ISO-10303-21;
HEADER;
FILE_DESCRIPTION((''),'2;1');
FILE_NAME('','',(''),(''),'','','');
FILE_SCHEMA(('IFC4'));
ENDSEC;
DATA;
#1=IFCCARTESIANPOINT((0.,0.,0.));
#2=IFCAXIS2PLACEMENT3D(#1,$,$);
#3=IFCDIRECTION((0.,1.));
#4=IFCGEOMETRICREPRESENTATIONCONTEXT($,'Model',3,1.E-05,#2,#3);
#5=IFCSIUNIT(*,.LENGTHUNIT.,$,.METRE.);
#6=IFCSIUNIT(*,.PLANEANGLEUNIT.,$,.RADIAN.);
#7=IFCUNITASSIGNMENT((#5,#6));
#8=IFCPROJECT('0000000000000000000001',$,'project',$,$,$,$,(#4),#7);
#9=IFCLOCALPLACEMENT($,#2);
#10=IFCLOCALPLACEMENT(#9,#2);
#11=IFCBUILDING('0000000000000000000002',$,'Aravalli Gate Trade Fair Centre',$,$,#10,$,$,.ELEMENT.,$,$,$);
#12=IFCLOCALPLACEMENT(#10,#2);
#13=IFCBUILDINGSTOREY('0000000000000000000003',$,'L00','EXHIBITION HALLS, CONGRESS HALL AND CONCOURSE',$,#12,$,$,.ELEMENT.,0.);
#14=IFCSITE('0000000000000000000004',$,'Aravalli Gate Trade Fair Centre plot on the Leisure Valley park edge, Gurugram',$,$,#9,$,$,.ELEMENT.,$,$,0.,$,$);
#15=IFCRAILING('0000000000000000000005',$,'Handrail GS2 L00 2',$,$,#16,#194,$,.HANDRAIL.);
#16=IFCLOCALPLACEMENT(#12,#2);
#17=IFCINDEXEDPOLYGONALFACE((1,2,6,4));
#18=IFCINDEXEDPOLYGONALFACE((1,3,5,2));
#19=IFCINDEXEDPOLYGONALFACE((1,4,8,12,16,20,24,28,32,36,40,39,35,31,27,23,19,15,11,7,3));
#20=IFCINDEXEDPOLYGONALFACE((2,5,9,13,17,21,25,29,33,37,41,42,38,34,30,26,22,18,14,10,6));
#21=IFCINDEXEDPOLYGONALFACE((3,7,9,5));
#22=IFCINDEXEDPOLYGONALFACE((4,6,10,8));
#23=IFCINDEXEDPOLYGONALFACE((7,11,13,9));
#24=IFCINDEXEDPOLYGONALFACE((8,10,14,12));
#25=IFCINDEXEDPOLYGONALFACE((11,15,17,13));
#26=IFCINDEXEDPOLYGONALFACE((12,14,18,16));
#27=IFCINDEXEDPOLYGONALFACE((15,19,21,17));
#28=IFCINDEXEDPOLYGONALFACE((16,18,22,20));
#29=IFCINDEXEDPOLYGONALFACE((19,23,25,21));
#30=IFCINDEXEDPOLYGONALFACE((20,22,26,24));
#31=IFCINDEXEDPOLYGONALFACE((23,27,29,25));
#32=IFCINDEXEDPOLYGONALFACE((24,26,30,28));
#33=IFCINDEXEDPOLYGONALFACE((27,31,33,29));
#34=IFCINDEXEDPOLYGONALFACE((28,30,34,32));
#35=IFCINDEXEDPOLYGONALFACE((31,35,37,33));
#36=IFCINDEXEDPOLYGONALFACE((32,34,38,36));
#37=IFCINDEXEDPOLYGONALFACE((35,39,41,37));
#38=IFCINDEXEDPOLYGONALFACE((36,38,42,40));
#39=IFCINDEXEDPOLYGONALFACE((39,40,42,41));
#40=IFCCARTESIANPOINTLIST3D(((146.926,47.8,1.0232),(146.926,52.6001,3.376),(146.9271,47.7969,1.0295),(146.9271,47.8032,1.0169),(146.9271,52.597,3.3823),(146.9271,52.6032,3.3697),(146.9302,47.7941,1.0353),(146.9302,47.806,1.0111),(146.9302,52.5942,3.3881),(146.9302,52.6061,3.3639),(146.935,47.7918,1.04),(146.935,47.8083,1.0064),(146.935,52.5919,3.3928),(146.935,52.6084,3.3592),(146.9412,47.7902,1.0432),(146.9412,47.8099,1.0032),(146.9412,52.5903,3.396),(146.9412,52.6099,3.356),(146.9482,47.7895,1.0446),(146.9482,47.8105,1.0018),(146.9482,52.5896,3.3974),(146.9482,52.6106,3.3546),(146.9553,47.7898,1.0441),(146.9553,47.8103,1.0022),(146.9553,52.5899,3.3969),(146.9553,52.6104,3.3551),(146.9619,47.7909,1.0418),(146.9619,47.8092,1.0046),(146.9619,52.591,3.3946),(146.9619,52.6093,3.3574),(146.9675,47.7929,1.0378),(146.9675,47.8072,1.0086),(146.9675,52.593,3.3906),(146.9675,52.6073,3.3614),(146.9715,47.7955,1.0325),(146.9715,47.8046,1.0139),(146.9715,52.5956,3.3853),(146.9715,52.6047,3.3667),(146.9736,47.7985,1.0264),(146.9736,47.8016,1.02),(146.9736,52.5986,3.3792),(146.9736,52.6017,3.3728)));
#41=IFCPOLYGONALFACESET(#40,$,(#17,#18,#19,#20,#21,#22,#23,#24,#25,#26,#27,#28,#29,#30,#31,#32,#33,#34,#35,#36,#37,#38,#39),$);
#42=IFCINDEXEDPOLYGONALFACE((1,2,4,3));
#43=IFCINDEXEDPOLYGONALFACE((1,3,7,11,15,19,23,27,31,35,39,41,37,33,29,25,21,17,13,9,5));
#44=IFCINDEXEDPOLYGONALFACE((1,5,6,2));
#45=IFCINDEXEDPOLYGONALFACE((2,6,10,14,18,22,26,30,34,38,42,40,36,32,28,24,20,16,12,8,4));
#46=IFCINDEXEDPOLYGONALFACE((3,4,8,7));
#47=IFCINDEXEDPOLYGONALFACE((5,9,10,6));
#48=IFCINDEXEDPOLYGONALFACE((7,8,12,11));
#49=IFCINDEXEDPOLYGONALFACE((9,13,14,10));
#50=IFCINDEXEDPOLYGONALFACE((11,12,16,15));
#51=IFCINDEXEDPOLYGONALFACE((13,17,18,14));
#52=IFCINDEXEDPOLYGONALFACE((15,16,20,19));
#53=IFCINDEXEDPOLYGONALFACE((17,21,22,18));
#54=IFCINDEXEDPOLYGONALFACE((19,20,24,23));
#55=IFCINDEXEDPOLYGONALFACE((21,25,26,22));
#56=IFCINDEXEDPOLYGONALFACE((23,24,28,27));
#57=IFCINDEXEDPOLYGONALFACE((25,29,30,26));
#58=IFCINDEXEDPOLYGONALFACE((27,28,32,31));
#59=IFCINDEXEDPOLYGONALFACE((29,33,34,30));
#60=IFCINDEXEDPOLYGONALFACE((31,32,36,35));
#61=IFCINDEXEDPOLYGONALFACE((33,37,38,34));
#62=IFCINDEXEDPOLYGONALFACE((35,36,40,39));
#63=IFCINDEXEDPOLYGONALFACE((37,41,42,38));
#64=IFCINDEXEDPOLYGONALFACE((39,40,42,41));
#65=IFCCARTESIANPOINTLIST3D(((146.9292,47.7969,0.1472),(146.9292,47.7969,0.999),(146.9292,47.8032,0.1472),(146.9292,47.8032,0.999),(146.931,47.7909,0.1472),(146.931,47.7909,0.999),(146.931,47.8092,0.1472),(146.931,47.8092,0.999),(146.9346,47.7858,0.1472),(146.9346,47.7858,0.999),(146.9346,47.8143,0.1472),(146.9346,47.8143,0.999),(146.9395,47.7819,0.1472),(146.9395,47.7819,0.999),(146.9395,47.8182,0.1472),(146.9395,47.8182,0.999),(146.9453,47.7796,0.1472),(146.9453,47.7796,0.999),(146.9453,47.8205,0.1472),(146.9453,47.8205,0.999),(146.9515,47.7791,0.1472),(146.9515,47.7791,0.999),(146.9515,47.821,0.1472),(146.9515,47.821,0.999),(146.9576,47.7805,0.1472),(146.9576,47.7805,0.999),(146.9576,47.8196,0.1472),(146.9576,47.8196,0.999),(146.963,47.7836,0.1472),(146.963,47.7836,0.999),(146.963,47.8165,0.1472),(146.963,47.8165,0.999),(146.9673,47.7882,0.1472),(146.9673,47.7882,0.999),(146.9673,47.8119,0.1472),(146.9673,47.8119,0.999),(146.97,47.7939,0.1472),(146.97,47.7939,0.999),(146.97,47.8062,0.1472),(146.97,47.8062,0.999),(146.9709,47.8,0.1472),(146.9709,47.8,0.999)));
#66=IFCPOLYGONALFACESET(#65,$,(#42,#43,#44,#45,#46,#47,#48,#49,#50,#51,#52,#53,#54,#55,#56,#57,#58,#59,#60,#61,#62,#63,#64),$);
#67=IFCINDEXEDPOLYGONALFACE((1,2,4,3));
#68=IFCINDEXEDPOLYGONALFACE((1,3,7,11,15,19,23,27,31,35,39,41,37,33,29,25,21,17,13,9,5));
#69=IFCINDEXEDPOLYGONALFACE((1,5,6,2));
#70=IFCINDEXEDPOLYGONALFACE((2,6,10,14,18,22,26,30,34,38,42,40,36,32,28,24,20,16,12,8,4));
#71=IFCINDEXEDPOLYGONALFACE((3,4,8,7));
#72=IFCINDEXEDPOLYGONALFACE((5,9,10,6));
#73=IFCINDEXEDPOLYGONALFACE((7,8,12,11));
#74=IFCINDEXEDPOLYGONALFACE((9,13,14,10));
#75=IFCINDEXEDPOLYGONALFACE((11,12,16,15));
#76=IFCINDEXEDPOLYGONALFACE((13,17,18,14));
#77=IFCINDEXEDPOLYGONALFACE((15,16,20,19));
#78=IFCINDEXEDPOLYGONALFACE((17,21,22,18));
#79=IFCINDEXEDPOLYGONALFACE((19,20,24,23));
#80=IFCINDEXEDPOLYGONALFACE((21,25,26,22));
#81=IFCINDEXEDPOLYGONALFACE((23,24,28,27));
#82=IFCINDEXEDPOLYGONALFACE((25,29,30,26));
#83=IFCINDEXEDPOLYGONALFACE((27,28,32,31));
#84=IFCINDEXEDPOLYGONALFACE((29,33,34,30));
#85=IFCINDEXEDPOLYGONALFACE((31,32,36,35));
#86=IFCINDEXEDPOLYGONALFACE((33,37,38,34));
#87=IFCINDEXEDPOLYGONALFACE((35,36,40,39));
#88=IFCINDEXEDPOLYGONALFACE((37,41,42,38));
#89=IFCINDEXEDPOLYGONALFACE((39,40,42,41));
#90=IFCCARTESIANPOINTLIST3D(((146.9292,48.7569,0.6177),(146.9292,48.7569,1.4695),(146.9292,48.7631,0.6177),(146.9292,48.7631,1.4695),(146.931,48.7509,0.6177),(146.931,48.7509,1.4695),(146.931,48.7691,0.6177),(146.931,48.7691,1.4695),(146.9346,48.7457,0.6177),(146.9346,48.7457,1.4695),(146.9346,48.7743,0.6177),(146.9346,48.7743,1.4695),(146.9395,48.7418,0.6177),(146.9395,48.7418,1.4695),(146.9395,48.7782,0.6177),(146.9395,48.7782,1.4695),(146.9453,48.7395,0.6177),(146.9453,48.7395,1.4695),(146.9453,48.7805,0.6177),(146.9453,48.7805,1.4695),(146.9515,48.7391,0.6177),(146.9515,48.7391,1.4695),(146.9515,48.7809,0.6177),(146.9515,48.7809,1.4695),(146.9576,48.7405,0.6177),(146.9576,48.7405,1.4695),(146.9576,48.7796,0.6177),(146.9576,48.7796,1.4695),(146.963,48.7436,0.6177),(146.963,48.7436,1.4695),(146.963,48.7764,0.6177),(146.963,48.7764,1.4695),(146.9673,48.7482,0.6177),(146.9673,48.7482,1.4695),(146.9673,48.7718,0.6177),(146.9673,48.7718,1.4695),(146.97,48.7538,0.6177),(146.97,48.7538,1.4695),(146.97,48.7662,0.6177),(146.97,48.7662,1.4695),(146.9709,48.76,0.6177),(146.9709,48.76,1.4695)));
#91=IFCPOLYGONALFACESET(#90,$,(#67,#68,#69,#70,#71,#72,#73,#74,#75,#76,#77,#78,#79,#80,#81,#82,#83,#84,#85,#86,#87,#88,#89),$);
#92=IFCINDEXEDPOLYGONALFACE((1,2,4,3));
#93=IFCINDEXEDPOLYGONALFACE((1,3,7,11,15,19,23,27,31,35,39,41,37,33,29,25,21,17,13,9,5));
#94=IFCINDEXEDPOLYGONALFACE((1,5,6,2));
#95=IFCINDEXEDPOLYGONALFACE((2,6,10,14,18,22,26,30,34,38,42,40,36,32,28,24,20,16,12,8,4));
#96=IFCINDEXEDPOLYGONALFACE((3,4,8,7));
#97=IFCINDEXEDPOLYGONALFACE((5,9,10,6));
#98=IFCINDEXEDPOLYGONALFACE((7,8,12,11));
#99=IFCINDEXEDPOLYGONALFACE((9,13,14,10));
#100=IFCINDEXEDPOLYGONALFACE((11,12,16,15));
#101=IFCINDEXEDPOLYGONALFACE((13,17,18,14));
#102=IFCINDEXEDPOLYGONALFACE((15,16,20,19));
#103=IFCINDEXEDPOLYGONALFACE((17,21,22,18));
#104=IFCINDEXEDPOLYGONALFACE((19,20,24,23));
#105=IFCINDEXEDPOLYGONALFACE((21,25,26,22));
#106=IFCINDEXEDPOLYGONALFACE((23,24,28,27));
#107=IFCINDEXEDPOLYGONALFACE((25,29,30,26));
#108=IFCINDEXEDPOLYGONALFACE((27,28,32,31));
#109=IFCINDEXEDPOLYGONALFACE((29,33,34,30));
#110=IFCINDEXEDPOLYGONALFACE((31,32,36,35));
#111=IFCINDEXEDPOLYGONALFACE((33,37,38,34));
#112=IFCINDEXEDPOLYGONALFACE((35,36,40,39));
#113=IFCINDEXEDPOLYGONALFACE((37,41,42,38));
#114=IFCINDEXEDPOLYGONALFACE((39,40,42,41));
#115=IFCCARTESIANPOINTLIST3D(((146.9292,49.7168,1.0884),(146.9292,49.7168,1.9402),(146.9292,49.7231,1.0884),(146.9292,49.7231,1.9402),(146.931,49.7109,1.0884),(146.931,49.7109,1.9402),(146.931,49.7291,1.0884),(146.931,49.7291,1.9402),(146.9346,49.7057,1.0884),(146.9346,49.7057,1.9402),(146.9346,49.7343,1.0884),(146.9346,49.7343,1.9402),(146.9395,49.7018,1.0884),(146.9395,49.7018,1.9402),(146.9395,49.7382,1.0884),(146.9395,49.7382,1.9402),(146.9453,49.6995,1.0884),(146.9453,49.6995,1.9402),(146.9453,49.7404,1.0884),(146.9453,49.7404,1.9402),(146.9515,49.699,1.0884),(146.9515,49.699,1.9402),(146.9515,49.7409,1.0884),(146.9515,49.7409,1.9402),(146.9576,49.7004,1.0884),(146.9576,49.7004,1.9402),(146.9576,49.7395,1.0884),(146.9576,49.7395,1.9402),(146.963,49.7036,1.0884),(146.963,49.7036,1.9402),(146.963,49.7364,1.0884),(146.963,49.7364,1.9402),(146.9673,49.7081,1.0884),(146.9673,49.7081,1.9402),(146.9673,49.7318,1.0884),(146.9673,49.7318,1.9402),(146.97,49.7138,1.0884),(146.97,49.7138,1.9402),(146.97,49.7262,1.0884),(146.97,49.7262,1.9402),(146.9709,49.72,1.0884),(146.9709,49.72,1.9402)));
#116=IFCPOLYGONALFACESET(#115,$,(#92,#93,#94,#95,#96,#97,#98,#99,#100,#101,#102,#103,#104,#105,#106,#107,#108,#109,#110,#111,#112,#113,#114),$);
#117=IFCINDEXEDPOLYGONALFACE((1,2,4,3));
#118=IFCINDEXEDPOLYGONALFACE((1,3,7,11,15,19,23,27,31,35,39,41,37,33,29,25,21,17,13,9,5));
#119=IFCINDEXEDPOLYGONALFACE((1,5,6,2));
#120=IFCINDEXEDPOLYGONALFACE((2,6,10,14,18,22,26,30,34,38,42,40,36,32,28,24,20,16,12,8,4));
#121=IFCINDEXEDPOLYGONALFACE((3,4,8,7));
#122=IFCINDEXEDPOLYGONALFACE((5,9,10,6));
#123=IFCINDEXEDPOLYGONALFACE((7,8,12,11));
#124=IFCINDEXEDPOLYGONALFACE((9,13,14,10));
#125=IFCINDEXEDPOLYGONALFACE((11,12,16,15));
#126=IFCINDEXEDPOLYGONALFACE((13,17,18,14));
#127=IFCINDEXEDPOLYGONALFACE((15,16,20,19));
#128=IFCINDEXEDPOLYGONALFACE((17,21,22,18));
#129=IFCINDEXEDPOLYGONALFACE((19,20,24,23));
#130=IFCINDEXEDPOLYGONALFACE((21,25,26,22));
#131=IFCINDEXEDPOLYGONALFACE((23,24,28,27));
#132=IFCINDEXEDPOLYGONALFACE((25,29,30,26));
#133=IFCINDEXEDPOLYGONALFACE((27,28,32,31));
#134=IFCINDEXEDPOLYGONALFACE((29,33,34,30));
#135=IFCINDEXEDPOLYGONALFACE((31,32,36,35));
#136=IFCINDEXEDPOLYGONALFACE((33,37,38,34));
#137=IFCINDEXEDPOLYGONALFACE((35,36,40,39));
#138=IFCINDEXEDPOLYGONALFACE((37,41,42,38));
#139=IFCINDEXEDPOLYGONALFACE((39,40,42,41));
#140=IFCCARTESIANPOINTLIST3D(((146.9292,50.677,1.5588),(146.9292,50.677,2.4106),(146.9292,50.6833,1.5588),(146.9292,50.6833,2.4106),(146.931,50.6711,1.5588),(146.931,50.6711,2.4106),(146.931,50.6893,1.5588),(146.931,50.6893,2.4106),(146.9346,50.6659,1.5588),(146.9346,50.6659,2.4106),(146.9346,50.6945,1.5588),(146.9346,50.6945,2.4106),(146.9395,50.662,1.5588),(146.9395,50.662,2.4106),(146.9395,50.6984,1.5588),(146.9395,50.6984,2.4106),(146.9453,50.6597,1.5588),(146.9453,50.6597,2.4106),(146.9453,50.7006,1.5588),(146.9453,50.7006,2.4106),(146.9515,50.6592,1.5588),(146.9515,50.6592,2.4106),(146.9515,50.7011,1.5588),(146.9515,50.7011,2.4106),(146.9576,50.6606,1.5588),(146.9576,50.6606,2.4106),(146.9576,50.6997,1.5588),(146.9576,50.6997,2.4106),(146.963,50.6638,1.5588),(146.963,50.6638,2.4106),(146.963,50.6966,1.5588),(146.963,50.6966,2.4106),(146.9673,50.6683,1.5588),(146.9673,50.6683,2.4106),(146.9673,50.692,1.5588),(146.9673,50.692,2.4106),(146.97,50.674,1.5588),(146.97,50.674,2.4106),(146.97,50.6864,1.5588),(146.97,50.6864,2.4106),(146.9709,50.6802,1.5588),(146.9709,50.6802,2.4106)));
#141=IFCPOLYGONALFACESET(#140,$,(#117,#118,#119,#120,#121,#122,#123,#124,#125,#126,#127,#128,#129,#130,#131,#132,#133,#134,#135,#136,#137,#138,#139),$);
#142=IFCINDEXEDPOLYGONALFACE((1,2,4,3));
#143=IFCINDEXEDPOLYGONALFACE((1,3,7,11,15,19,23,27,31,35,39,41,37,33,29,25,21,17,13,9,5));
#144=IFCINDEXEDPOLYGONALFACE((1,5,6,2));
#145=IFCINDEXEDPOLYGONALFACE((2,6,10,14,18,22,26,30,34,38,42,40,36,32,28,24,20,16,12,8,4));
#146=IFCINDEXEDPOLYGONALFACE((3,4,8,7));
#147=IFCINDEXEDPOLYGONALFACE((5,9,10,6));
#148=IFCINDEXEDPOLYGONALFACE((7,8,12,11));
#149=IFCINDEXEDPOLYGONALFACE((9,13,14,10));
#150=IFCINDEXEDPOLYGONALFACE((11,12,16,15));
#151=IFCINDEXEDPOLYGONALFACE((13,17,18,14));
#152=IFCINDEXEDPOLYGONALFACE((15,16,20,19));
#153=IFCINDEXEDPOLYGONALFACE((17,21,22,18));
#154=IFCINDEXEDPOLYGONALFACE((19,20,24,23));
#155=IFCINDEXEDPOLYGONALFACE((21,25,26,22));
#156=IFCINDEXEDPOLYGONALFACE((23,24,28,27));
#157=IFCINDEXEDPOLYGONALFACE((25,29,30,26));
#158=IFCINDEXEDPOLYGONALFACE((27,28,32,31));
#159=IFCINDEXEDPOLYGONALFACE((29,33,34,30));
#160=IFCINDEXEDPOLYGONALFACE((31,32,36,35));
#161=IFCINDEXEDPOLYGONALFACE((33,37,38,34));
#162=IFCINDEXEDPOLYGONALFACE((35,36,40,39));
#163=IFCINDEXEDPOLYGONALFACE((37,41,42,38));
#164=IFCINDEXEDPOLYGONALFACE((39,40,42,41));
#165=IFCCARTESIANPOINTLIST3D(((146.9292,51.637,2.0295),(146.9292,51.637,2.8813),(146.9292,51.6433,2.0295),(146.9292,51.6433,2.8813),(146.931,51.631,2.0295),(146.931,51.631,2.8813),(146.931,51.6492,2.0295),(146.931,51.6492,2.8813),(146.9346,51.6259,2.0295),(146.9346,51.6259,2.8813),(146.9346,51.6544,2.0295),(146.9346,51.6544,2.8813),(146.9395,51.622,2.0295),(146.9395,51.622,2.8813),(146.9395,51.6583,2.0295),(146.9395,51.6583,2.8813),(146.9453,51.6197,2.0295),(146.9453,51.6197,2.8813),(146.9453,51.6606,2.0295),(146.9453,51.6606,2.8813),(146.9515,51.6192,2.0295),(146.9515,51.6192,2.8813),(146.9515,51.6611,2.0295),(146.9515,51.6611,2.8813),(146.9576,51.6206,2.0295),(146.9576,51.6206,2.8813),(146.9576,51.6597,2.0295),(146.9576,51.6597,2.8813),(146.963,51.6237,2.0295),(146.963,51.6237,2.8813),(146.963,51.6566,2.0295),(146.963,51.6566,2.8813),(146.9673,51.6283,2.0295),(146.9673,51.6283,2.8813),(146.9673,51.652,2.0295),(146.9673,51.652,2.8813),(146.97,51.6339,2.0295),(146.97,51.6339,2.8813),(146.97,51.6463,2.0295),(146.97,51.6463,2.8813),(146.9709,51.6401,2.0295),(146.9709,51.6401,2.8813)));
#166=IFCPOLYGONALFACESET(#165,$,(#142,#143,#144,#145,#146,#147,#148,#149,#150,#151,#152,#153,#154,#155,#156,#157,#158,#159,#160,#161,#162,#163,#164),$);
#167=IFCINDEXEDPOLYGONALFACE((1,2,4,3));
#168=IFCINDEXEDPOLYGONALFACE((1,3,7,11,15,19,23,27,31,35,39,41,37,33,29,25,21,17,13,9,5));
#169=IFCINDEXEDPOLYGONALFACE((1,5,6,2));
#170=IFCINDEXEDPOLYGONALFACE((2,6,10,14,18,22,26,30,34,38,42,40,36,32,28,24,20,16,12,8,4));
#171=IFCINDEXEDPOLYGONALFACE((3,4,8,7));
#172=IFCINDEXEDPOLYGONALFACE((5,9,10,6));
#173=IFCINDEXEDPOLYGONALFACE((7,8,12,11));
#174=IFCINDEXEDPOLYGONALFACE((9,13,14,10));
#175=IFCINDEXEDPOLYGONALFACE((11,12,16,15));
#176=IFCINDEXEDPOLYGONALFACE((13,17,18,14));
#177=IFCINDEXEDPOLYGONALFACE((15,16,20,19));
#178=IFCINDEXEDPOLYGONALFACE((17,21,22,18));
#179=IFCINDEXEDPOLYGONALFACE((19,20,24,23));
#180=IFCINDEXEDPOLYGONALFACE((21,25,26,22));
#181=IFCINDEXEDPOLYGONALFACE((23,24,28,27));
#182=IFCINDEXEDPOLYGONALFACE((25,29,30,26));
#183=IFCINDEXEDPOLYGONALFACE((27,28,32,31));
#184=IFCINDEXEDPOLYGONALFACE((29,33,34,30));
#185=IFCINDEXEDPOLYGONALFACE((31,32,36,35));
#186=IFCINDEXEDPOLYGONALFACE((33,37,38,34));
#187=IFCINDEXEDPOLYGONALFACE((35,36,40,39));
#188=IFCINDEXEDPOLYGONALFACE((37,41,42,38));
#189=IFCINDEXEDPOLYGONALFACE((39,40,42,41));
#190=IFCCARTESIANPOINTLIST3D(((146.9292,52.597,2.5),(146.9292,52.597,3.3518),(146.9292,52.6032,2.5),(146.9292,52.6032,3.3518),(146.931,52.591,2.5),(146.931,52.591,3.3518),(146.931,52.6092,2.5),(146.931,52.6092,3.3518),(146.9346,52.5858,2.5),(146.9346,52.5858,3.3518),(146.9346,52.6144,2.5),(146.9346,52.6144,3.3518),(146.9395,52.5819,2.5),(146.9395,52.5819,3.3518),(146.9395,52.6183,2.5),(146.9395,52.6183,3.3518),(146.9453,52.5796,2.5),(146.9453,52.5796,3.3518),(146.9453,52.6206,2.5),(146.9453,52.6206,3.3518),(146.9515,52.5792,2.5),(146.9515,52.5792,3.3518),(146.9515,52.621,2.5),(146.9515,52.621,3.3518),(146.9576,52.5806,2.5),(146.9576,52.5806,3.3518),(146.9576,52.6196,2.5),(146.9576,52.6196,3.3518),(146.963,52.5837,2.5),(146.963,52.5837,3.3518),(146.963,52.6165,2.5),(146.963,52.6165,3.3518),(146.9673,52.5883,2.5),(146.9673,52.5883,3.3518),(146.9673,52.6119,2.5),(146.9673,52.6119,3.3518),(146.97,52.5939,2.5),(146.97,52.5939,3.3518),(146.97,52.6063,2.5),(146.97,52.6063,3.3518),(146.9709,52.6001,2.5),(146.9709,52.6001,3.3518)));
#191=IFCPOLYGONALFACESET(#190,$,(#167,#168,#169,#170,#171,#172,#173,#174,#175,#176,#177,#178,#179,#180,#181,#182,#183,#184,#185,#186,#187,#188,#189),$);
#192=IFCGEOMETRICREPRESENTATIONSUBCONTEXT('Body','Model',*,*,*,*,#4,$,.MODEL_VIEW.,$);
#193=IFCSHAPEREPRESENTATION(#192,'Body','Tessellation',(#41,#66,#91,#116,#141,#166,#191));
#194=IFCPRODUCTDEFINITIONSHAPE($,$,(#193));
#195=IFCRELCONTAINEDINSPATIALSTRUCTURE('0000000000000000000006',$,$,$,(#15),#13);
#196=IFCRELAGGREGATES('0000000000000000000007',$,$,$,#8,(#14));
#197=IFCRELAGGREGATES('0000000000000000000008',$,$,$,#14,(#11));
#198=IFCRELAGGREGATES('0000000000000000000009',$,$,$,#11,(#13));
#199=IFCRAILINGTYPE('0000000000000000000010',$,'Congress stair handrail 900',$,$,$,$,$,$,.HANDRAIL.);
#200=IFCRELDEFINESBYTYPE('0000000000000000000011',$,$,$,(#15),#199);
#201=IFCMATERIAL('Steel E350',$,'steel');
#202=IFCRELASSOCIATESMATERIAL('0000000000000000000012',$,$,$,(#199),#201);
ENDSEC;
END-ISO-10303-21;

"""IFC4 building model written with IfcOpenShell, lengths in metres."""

from ifc_helpers import new_model, si_unit, direction, frame, origin, origin_2d, place, context, subcontext, project, spatial, circle, extrude, material, type_object, element, save


model = new_model("IFC4")

# Units and contexts
model_context = context("Model", 3, precision=1e-05, world=origin(), true_north=direction((0.0, 1.0)))
body_context = subcontext(model_context, "Body", "Model", "MODEL_VIEW")
ifc_project = project(units=[si_unit("LENGTHUNIT", "METRE"), si_unit("PLANEANGLEUNIT", "RADIAN")], contexts=[model_context])

# Site, building, storey
site_placement = place(None, origin())
site = spatial("IfcSite", under=ifc_project, at=site_placement, Name="Aravalli Gate Trade Fair Centre plot on the Leisure Valley park edge, Gurugram", CompositionType="ELEMENT", RefElevation=0.0)
building_placement = place(site_placement, origin())
building = spatial("IfcBuilding", under=site, at=building_placement, Name="Aravalli Gate Trade Fair Centre", CompositionType="ELEMENT")
storey_placement = place(building_placement, origin())
storey = spatial("IfcBuildingStorey", under=building, at=storey_placement, Name="L00", Description="EXHIBITION HALLS, CONGRESS HALL AND CONCOURSE", CompositionType="ELEMENT", Elevation=0.0)

# Railing
ifc_material_1 = material(Name="Steel E350", Category="steel")
railing_type = type_object("IfcRailingType", Name="Congress stair handrail 900", PredefinedType="HANDRAIL", material=ifc_material_1)
for number, where, name in (
    (1, (146.95, 47.8, 0.1472), "Handrail GS2 L00 2"),
):
    element("IfcRailing", number, at=place(storey_placement, frame(where)), inside=storey, type_object=railing_type, Name=name, PredefinedType="HANDRAIL", context=body_context, shape_type="SweptSolid", body=[
        extrude(circle(Radius=0.0239, at=origin_2d()), frame((0.0, 0.0, 0.876), z_axis=(0.0, 0.897934, 0.44013), x_axis=(-1.0, 0.0, 0.0)), (0.0, 0.0, 1.0), 5.3457),
        extrude(circle(Radius=0.021, at=origin_2d()), origin(), (0.0, 0.0, 1.0), 0.8518),
        extrude(circle(Radius=0.021, at=origin_2d()), frame((0.0, 0.96, 0.4705)), (0.0, 0.0, 1.0), 0.8518),
        extrude(circle(Radius=0.021, at=origin_2d()), frame((0.0, 1.9199, 0.9412)), (0.0, 0.0, 1.0), 0.8518),
        extrude(circle(Radius=0.021, at=origin_2d()), frame((0.0, 2.8801, 1.4116)), (0.0, 0.0, 1.0), 0.8518),
        extrude(circle(Radius=0.021, at=origin_2d()), frame((0.0, 3.8401, 1.8823)), (0.0, 0.0, 1.0), 0.8518),
        extrude(circle(Radius=0.021, at=origin_2d()), frame((0.0, 4.8, 2.3528)), (0.0, 0.0, 1.0), 0.8518),
    ])

save(model, "model.ifc")
